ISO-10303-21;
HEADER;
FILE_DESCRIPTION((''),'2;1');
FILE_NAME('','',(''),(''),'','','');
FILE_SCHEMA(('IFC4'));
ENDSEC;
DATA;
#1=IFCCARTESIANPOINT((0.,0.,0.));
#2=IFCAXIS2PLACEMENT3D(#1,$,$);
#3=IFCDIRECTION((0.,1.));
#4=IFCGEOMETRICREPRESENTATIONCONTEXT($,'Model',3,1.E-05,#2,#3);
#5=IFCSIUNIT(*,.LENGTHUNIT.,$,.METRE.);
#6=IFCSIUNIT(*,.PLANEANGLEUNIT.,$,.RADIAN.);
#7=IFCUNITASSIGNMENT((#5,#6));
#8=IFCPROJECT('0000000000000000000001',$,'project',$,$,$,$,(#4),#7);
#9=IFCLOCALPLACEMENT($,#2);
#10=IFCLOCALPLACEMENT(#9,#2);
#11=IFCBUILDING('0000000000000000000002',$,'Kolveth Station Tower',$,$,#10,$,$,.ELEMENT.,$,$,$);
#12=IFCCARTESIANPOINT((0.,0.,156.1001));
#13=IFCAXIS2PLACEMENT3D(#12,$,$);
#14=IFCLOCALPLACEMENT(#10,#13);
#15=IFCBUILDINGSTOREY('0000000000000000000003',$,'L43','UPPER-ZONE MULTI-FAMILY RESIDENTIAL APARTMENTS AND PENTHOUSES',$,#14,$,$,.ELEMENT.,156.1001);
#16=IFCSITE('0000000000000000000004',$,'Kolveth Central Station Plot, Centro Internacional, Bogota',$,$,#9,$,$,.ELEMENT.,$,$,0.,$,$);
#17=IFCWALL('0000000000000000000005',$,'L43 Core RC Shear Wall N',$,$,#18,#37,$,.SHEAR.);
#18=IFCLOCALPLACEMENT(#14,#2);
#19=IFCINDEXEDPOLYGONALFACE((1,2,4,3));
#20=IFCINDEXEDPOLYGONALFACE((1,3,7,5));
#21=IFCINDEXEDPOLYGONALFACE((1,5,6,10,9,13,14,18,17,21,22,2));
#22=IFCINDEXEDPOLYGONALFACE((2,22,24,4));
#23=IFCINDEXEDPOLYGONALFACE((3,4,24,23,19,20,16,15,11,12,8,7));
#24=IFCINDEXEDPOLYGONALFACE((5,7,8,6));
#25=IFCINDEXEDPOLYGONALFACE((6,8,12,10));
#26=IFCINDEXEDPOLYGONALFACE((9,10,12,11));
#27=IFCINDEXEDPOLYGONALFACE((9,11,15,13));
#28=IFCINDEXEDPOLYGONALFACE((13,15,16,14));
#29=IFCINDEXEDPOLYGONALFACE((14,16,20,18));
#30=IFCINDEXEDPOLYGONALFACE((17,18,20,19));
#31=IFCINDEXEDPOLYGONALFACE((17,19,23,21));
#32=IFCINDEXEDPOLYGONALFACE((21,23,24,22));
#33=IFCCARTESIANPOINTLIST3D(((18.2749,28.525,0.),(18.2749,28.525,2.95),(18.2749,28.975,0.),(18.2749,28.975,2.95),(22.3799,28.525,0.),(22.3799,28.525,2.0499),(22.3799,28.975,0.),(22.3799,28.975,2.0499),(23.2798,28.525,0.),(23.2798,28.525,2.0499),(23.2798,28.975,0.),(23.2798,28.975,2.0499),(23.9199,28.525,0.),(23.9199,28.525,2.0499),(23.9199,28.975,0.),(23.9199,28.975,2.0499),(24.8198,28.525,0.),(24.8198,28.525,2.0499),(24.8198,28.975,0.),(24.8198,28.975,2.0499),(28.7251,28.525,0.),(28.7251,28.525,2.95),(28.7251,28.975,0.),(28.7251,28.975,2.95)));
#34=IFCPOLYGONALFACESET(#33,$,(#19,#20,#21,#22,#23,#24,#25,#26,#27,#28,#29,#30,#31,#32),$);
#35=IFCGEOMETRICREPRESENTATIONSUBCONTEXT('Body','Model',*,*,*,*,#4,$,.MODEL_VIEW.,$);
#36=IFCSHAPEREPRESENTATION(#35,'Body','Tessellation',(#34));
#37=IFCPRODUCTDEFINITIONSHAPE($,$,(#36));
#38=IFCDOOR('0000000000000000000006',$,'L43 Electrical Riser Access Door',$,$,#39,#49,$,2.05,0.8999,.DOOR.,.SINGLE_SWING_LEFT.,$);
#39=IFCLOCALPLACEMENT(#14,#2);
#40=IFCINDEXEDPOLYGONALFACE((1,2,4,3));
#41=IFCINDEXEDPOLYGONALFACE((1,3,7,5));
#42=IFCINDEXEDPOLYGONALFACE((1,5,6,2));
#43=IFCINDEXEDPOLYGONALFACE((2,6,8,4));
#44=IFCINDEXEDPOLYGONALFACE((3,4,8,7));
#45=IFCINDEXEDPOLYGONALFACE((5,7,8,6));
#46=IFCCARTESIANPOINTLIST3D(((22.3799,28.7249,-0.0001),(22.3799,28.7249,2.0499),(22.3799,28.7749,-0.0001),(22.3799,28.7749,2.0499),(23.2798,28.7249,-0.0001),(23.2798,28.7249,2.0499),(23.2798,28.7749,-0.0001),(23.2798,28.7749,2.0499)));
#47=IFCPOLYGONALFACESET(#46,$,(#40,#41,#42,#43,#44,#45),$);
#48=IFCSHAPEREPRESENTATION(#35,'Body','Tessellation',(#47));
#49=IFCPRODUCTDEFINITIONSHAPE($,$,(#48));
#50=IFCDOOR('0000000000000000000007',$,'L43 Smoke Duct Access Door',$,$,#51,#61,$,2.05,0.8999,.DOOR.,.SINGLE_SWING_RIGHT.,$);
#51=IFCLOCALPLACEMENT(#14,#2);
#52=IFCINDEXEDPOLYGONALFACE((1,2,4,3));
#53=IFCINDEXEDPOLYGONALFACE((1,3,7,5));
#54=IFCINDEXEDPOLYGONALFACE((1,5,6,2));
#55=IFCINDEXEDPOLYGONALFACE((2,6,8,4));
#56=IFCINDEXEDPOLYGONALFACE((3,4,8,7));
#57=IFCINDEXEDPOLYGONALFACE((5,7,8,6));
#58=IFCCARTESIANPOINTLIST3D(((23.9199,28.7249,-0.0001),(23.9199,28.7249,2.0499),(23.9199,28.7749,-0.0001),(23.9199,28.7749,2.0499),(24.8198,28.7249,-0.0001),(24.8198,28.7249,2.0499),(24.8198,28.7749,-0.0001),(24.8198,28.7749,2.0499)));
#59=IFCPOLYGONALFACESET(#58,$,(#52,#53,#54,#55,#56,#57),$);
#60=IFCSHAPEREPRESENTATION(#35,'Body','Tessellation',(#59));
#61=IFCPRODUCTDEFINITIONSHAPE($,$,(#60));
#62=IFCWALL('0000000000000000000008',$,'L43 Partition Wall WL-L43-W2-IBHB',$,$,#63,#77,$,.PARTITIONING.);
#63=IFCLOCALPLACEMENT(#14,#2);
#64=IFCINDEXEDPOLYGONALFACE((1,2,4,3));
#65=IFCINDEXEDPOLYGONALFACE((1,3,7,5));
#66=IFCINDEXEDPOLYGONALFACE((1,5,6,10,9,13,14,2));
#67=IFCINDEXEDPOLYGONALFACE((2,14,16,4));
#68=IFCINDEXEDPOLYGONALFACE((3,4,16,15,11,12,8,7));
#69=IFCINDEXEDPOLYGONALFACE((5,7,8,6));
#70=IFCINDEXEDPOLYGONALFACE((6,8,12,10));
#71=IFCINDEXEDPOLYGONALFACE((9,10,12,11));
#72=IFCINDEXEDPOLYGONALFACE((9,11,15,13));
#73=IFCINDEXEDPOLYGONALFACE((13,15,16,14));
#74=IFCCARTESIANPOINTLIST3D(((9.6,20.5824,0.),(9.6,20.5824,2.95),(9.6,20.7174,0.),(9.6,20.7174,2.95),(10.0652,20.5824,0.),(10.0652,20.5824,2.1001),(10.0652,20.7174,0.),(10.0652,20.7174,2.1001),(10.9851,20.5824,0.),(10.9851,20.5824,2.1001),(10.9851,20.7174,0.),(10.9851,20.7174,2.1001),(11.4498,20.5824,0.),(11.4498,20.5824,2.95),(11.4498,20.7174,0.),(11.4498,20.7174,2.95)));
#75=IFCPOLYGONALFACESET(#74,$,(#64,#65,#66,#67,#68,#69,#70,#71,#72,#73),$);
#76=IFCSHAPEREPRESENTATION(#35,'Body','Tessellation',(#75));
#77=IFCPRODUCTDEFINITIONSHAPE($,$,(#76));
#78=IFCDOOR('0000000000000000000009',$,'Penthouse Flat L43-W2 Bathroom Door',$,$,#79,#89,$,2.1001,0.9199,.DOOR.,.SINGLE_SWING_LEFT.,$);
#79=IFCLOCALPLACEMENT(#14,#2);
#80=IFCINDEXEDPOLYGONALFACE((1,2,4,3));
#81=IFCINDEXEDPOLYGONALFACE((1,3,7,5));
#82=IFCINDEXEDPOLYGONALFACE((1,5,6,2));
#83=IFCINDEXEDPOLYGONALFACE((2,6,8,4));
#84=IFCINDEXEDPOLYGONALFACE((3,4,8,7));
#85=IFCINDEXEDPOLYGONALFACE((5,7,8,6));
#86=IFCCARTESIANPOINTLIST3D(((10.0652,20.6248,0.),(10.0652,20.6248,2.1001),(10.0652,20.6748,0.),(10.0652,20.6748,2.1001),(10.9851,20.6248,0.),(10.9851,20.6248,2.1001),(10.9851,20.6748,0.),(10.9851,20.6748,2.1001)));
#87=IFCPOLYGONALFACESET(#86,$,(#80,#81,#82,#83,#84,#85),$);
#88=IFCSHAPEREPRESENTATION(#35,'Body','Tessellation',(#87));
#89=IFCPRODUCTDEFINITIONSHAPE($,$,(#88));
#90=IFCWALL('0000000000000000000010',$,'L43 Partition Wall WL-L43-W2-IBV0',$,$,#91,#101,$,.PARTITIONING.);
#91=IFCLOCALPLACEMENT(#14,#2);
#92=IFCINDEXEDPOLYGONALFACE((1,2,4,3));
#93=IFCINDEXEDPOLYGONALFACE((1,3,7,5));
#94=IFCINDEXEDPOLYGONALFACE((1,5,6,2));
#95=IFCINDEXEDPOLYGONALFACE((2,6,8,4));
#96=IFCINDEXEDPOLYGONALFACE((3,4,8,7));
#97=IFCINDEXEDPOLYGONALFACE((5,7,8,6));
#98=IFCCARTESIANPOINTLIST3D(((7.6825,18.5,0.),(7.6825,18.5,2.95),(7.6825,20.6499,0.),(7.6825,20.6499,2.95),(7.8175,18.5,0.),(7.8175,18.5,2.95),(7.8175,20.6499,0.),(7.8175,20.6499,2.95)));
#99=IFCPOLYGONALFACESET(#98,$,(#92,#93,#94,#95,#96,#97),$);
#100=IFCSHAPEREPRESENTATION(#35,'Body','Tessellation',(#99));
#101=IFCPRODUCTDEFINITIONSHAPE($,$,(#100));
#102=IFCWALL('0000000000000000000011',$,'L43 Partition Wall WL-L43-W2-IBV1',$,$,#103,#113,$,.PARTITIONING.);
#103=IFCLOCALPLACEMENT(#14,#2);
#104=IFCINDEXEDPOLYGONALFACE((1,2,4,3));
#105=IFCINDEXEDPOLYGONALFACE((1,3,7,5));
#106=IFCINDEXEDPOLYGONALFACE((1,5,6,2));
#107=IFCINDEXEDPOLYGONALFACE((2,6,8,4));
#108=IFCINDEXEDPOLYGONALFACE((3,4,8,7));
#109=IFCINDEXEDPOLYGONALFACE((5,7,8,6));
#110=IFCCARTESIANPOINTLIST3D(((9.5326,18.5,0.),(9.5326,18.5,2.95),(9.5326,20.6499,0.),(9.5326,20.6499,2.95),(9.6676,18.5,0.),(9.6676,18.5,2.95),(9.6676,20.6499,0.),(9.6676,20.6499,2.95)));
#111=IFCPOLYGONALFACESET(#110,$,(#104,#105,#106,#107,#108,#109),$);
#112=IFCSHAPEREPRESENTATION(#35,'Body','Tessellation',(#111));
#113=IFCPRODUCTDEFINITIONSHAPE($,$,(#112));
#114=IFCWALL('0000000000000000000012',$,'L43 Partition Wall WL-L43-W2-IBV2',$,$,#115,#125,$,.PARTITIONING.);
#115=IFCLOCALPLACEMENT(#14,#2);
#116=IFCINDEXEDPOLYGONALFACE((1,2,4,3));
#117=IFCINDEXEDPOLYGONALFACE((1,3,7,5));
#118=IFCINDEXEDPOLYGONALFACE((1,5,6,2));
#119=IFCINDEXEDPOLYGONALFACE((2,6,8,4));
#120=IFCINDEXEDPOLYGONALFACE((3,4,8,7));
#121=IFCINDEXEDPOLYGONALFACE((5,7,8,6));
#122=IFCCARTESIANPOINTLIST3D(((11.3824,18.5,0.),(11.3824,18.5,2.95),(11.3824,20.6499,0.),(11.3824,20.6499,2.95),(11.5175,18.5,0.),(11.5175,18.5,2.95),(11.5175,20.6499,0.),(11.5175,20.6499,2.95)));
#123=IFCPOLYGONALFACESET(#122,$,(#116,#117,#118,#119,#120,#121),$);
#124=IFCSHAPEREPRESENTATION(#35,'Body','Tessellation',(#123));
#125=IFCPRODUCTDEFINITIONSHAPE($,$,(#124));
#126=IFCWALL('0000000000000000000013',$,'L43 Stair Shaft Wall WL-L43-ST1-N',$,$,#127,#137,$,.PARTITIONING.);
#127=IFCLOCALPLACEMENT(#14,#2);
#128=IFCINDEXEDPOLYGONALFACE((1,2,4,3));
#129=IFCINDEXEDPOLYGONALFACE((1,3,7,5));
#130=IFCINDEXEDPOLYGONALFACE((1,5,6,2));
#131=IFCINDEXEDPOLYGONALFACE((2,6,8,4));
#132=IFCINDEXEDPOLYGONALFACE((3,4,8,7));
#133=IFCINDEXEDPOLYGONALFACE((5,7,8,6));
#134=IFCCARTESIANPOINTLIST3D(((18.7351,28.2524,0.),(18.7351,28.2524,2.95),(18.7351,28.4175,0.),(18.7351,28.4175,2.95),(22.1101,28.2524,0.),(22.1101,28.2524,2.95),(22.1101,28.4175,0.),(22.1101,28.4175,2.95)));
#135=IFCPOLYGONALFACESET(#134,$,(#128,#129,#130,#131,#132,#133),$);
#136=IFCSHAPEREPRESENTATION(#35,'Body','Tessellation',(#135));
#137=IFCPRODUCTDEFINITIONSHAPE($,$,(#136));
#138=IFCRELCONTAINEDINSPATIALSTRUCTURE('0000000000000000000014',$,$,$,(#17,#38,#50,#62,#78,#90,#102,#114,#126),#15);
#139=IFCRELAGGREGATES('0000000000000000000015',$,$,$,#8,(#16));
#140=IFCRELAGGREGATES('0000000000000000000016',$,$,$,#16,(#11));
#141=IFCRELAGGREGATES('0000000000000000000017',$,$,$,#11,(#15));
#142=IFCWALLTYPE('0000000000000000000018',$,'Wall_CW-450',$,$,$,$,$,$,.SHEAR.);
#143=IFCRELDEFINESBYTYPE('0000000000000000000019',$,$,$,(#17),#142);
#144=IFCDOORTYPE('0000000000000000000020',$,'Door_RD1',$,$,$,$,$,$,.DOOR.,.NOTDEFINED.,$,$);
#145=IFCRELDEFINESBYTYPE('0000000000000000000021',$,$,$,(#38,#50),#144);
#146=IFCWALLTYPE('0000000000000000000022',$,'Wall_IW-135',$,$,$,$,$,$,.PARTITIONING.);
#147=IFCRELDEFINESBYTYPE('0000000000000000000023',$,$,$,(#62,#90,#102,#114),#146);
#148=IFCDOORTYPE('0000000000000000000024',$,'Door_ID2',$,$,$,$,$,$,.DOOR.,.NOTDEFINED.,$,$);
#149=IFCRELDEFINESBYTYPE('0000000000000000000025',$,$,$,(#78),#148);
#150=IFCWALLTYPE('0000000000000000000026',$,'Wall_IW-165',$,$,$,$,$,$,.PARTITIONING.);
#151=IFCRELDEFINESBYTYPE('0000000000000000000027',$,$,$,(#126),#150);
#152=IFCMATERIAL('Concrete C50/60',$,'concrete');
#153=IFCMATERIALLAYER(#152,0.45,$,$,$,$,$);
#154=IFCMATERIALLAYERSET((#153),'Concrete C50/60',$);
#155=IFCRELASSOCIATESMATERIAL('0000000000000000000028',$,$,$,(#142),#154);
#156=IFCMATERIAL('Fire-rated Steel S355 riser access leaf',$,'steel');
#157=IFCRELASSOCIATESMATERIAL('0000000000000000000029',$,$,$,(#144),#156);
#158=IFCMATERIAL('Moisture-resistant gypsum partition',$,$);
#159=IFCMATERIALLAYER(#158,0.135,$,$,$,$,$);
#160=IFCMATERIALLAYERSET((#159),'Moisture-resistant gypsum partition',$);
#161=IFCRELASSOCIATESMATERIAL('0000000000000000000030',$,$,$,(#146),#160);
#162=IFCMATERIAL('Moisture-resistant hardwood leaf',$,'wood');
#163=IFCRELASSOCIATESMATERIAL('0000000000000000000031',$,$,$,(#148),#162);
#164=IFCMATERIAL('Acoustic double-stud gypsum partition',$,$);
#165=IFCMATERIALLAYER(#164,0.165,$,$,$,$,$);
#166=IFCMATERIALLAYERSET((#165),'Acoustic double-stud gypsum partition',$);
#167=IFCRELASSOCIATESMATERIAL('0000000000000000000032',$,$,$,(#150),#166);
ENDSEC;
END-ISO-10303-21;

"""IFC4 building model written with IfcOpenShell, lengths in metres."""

from ifc_helpers import new_model, si_unit, direction, frame, frame_2d, origin, place, context, subcontext, project, spatial, rectangle, extrude, material, layer, layer_set, type_object, element, fill, save


model = new_model("IFC4")

# Units and contexts
model_context = context("Model", 3, precision=1e-05, world=origin(), true_north=direction((0.0, 1.0)))
body_context = subcontext(model_context, "Body", "Model", "MODEL_VIEW")
ifc_project = project(units=[si_unit("LENGTHUNIT", "METRE"), si_unit("PLANEANGLEUNIT", "RADIAN")], contexts=[model_context])

# Site, building, storey
site_placement = place(None, origin())
site = spatial("IfcSite", under=ifc_project, at=site_placement, Name="Kolveth Central Station Plot, Centro Internacional, Bogota", CompositionType="ELEMENT", RefElevation=0.0)
building_placement = place(site_placement, origin())
building = spatial("IfcBuilding", under=site, at=building_placement, Name="Kolveth Station Tower", CompositionType="ELEMENT")
storey_placement = place(building_placement, frame((0.0, 0.0, 156.1001)))
storey = spatial("IfcBuildingStorey", under=building, at=storey_placement, Name="L43", Description="UPPER-ZONE MULTI-FAMILY RESIDENTIAL APARTMENTS AND PENTHOUSES", CompositionType="ELEMENT", Elevation=156.1001)

# Wall, openings, doors
ifc_material_1 = material(Name="Concrete C50/60", Category="concrete")
ifc_layer_1 = layer(ifc_material_1, 0.45)
ifc_layer_set_1 = layer_set([ifc_layer_1], Name="Concrete C50/60")
wall_type_1 = type_object("IfcWallType", Name="Wall_CW-450", PredefinedType="SHEAR", material=ifc_layer_set_1)
wall_1_placement = place(storey_placement, frame((18.2749, 28.75, 0.0), z_axis=(0.0, 0.0, 1.0), x_axis=(1.0, 0.0, 0.0)))
wall_1 = element("IfcWall", 1, at=wall_1_placement, inside=storey, type_object=wall_type_1, Name="L43 Core RC Shear Wall N", PredefinedType="SHEAR", context=body_context, shape_type="SweptSolid", body=[
    extrude(rectangle(XDim=10.4502, YDim=0.45, at=frame_2d((5.2251, 0.0))), origin(), (0.0, 0.0, 1.0), 2.95),
])
opening_1_placement = place(wall_1_placement, frame((4.105, 0.0, 0.0)))
opening_1 = element("IfcOpeningElement", 2, at=opening_1_placement, cuts=wall_1, PredefinedType="OPENING", context=body_context, shape_type="SweptSolid", body=[
    extrude(rectangle(XDim=0.8999, YDim=2.05, at=frame_2d((0.45, 1.0249))), frame((0.0, 0.2349, 0.0), z_axis=(0.0, -1.0, 0.0), x_axis=(1.0, 0.0, 0.0)), (0.0, 0.0, 1.0), 0.47),
])
opening_2_placement = place(wall_1_placement, frame((5.645, 0.0, 0.0)))
opening_2 = element("IfcOpeningElement", 3, at=opening_2_placement, cuts=wall_1, PredefinedType="OPENING", context=body_context, shape_type="SweptSolid", body=[
    extrude(rectangle(XDim=0.8999, YDim=2.05, at=frame_2d((0.45, 1.0249))), frame((0.0, 0.2349, 0.0), z_axis=(0.0, -1.0, 0.0), x_axis=(1.0, 0.0, 0.0)), (0.0, 0.0, 1.0), 0.47),
])
ifc_material_2 = material(Name="Fire-rated Steel S355 riser access leaf", Category="steel")
door_type_1 = type_object("IfcDoorType", Name="Door_RD1", OperationType="NOTDEFINED", PredefinedType="DOOR", material=ifc_material_2)
door_1_placement = place(opening_1_placement, origin())
door_1 = element("IfcDoor", 4, at=door_1_placement, inside=storey, type_object=door_type_1, Name="L43 Electrical Riser Access Door", OperationType="SINGLE_SWING_LEFT", OverallHeight=2.05, OverallWidth=0.8999, PredefinedType="DOOR", context=body_context, shape_type="SweptSolid", body=[
    extrude(rectangle(XDim=0.8999, YDim=2.05, at=frame_2d((0.45, 1.0249))), frame((0.0, 0.0249, 0.0), z_axis=(0.0, -1.0, 0.0), x_axis=(1.0, 0.0, 0.0)), (0.0, 0.0, 1.0), 0.05),
])
fill(opening_1, door_1)
door_2_placement = place(opening_2_placement, origin())
door_2 = element("IfcDoor", 5, at=door_2_placement, inside=storey, type_object=door_type_1, Name="L43 Smoke Duct Access Door", OperationType="SINGLE_SWING_RIGHT", OverallHeight=2.05, OverallWidth=0.8999, PredefinedType="DOOR", context=body_context, shape_type="SweptSolid", body=[
    extrude(rectangle(XDim=0.8999, YDim=2.05, at=frame_2d((0.45, 1.0249))), frame((0.0, 0.0249, 0.0), z_axis=(0.0, -1.0, 0.0), x_axis=(1.0, 0.0, 0.0)), (0.0, 0.0, 1.0), 0.05),
])
fill(opening_2, door_2)

# Wall, opening, door
ifc_material_3 = material(Name="Moisture-resistant gypsum partition")
ifc_layer_2 = layer(ifc_material_3, 0.135)
ifc_layer_set_2 = layer_set([ifc_layer_2], Name="Moisture-resistant gypsum partition")
wall_type_2 = type_object("IfcWallType", Name="Wall_IW-135", PredefinedType="PARTITIONING", material=ifc_layer_set_2)
wall_2_placement = place(storey_placement, frame((9.6001, 20.6499, 0.0), z_axis=(0.0, 0.0, 1.0), x_axis=(1.0, 0.0, 0.0)))
wall_2 = element("IfcWall", 6, at=wall_2_placement, inside=storey, type_object=wall_type_2, Name="L43 Partition Wall WL-L43-W2-IBHB", PredefinedType="PARTITIONING", context=body_context, shape_type="SweptSolid", body=[
    extrude(rectangle(XDim=1.8499, YDim=0.135, at=frame_2d((0.9248, 0.0))), origin(), (0.0, 0.0, 1.0), 2.95),
])
opening_3_placement = place(wall_2_placement, frame((0.4651, 0.0, 0.0)))
opening_3 = element("IfcOpeningElement", 7, at=opening_3_placement, cuts=wall_2, PredefinedType="OPENING", context=body_context, shape_type="SweptSolid", body=[
    extrude(rectangle(XDim=0.9199, YDim=2.1001, at=frame_2d((0.46, 1.05))), frame((0.0, 0.0774, 0.0), z_axis=(0.0, -1.0, 0.0), x_axis=(1.0, 0.0, 0.0)), (0.0, 0.0, 1.0), 0.155),
])
ifc_material_4 = material(Name="Moisture-resistant hardwood leaf", Category="wood")
door_type_2 = type_object("IfcDoorType", Name="Door_ID2", OperationType="NOTDEFINED", PredefinedType="DOOR", material=ifc_material_4)
door_3_placement = place(opening_3_placement, origin())
door_3 = element("IfcDoor", 8, at=door_3_placement, inside=storey, type_object=door_type_2, Name="Penthouse Flat L43-W2 Bathroom Door", OperationType="SINGLE_SWING_LEFT", OverallHeight=2.1001, OverallWidth=0.9199, PredefinedType="DOOR", context=body_context, shape_type="SweptSolid", body=[
    extrude(rectangle(XDim=0.9199, YDim=2.1001, at=frame_2d((0.46, 1.05))), frame((0.0, 0.0249, 0.0), z_axis=(0.0, -1.0, 0.0), x_axis=(1.0, 0.0, 0.0)), (0.0, 0.0, 1.0), 0.05),
])
fill(opening_3, door_3)

# Walls
for number, where, z_axis, x_axis, name in (
    (9, (7.75, 18.5, 0.0), (0.0, 0.0, 1.0), (0.0, 1.0, 0.0), "L43 Partition Wall WL-L43-W2-IBV0"),
    (10, (9.6001, 18.5, 0.0), (0.0, 0.0, 1.0), (0.0, 1.0, 0.0), "L43 Partition Wall WL-L43-W2-IBV1"),
    (11, (11.45, 18.5, 0.0), (0.0, 0.0, 1.0), (0.0, 1.0, 0.0), "L43 Partition Wall WL-L43-W2-IBV2"),
):
    element("IfcWall", number, at=place(storey_placement, frame(where, z_axis=z_axis, x_axis=x_axis)), inside=storey, type_object=wall_type_2, Name=name, PredefinedType="PARTITIONING", context=body_context, shape_type="SweptSolid", body=[
        extrude(rectangle(XDim=2.1499, YDim=0.135, at=frame_2d((1.075, 0.0))), origin(), (0.0, 0.0, 1.0), 2.95),
    ])
ifc_material_5 = material(Name="Acoustic double-stud gypsum partition")
ifc_layer_3 = layer(ifc_material_5, 0.165)
ifc_layer_set_3 = layer_set([ifc_layer_3], Name="Acoustic double-stud gypsum partition")
wall_type_3 = type_object("IfcWallType", Name="Wall_IW-165", PredefinedType="PARTITIONING", material=ifc_layer_set_3)
wall_3_placement = place(storey_placement, frame((18.7351, 28.335, 0.0), z_axis=(0.0, 0.0, 1.0), x_axis=(1.0, 0.0, 0.0)))
element("IfcWall", 12, at=wall_3_placement, inside=storey, type_object=wall_type_3, Name="L43 Stair Shaft Wall WL-L43-ST1-N", PredefinedType="PARTITIONING", context=body_context, shape_type="SweptSolid", body=[
    extrude(rectangle(XDim=3.375, YDim=0.165, at=frame_2d((1.6875, 0.0))), origin(), (0.0, 0.0, 1.0), 2.95),
])

save(model, "model.ifc")
